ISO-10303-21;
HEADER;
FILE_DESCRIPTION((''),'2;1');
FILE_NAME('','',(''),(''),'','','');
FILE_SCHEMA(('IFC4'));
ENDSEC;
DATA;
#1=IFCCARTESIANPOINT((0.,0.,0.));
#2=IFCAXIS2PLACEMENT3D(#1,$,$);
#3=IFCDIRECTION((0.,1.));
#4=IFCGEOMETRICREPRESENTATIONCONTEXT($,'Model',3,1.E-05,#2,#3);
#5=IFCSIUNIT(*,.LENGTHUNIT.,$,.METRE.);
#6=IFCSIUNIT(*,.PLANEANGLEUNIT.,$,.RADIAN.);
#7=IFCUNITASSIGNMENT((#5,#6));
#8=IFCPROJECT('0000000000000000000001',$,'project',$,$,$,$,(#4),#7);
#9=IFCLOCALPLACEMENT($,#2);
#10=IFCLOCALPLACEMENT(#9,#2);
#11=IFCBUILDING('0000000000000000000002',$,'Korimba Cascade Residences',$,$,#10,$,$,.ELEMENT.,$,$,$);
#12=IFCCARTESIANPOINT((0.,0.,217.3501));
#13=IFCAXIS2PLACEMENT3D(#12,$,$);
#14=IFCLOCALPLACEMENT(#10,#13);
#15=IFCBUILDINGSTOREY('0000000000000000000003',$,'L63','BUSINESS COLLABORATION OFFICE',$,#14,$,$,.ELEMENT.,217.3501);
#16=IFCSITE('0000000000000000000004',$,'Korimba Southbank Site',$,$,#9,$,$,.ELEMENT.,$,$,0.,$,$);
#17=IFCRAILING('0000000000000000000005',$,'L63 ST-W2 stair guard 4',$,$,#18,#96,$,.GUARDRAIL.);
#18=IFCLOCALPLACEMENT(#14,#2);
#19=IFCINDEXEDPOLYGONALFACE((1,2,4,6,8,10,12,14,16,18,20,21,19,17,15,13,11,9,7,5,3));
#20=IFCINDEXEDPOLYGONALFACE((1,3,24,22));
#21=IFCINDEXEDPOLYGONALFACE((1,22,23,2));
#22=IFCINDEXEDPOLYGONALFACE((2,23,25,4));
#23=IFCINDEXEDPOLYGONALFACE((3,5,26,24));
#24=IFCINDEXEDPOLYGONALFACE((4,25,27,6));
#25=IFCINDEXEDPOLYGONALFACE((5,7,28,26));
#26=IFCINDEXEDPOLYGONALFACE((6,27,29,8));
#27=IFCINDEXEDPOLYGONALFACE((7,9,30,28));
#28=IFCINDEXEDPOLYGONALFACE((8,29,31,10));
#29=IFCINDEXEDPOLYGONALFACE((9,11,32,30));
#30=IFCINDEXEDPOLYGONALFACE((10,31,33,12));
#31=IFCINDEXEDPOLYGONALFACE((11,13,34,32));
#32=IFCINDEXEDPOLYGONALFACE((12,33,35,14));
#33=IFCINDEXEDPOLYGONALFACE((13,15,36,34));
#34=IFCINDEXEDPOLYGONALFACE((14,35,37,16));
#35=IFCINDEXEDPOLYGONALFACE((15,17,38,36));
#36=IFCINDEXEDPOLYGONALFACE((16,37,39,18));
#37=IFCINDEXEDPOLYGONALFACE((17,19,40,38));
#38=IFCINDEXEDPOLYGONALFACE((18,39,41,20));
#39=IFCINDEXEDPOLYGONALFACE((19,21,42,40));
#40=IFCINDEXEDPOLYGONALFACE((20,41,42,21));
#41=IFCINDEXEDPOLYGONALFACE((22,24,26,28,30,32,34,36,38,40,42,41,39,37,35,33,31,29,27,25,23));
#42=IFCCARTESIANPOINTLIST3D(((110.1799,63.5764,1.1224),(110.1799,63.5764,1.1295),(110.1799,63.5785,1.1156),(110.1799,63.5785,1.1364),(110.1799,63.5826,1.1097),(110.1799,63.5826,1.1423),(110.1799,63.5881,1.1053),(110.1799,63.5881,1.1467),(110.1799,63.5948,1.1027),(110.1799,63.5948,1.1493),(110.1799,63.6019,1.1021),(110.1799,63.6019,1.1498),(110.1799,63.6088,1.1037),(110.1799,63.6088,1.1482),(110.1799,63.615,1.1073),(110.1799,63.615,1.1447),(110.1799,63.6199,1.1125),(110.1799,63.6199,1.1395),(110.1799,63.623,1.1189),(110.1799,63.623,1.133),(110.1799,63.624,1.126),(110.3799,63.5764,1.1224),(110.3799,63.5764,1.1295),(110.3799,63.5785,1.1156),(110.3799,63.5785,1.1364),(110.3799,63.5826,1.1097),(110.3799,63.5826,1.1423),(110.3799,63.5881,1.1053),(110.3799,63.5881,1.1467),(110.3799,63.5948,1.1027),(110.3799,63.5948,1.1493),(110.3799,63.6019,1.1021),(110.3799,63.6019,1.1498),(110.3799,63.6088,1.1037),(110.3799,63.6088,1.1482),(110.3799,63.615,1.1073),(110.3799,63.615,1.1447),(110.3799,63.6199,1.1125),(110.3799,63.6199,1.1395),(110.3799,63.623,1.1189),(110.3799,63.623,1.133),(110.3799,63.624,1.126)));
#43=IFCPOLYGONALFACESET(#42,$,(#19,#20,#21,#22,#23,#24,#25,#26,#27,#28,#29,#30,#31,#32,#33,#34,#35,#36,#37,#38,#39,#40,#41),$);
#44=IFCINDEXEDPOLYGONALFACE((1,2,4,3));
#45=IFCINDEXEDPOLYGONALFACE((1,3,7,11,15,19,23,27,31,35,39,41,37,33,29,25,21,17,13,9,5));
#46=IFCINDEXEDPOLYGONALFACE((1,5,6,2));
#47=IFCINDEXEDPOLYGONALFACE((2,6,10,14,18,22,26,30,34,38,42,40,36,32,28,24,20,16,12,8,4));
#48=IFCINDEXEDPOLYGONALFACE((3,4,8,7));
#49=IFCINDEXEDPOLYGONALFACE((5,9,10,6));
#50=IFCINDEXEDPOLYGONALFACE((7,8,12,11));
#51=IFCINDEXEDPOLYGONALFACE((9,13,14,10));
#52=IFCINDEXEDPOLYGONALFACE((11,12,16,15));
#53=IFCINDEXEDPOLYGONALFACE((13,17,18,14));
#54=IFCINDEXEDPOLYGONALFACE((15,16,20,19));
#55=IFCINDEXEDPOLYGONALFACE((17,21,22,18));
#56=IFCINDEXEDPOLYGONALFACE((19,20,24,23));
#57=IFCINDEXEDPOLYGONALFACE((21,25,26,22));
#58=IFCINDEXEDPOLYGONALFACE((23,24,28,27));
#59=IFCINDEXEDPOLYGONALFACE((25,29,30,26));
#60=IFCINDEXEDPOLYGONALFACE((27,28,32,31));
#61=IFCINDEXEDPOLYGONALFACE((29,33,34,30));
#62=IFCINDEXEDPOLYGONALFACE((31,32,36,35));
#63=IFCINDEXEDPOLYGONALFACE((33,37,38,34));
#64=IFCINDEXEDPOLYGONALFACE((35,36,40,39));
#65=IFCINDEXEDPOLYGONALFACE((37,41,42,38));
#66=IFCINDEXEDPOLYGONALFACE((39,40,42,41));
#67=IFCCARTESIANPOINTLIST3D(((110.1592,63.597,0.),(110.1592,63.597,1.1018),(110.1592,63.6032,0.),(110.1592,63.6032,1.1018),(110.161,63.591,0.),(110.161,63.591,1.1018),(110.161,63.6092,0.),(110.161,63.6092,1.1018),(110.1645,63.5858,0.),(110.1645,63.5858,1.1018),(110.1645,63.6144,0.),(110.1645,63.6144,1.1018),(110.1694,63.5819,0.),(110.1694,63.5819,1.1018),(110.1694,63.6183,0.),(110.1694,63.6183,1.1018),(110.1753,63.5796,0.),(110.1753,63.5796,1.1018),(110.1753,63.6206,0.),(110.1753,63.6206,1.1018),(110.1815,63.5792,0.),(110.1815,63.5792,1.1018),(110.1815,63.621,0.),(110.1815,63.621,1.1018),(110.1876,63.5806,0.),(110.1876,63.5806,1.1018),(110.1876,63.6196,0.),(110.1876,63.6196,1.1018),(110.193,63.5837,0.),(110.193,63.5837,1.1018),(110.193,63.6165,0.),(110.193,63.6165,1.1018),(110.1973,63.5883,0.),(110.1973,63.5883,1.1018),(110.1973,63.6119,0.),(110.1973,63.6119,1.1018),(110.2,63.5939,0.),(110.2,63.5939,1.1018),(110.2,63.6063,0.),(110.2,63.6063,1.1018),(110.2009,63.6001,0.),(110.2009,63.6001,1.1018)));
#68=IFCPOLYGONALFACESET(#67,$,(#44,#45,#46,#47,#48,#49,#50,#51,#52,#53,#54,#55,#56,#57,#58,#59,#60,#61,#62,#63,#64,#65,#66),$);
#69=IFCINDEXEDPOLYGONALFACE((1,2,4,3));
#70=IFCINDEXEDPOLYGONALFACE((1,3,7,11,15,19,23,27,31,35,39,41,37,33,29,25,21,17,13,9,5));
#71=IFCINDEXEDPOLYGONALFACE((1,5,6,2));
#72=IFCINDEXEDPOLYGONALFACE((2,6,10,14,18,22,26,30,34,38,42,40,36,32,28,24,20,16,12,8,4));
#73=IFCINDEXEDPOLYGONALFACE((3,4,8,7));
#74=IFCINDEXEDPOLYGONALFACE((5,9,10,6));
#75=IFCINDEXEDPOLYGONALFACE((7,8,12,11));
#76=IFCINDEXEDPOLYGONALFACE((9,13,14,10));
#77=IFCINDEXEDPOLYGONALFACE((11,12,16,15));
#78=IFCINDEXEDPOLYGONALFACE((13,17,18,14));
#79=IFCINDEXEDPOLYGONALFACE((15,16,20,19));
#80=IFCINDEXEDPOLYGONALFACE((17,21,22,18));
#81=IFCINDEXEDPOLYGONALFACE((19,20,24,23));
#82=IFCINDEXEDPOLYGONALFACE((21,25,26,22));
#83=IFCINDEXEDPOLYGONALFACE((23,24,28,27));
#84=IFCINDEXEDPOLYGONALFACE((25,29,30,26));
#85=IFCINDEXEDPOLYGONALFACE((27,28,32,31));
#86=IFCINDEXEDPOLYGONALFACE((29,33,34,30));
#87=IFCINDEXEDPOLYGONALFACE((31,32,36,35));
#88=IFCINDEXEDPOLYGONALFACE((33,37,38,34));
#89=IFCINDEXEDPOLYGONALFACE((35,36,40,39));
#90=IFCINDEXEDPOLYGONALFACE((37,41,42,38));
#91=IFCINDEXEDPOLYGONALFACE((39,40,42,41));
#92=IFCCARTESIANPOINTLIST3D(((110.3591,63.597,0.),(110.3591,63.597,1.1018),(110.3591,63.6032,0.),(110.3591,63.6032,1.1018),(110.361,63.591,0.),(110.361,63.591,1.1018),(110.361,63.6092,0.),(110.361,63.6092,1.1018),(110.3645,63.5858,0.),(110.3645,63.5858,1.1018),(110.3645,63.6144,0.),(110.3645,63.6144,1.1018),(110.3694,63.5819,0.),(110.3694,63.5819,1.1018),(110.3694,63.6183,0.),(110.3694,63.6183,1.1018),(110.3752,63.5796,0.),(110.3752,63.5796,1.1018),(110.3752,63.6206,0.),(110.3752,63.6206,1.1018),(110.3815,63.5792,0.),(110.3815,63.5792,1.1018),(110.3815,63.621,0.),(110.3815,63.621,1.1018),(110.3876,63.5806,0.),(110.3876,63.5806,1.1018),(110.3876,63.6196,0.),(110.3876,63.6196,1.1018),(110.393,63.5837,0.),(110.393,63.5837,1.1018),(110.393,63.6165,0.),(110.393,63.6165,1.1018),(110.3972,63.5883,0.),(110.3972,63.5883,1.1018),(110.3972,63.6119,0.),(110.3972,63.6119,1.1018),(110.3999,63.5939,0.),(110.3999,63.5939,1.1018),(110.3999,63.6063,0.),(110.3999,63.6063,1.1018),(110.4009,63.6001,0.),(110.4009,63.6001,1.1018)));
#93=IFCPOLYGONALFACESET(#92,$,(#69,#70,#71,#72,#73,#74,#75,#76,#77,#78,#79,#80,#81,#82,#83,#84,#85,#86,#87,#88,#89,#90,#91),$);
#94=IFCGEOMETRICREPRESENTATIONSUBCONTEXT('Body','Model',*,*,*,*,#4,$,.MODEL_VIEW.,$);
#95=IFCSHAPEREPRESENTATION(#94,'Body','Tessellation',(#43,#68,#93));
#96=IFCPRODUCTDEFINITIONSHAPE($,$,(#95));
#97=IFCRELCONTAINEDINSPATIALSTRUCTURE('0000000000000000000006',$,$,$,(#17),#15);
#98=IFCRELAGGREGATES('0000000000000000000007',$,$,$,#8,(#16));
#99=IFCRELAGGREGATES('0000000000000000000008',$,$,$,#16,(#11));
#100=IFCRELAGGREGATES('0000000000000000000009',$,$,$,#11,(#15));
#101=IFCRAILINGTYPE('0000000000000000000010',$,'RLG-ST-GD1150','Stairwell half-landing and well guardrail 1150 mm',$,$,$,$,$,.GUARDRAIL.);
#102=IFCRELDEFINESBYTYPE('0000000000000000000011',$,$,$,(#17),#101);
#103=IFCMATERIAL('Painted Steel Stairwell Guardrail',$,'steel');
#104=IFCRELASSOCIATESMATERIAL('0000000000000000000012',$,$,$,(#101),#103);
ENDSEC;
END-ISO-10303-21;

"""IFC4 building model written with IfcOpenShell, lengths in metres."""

from ifc_helpers import new_model, si_unit, direction, frame, origin, origin_2d, place, context, subcontext, project, spatial, circle, extrude, material, type_object, element, save


model = new_model("IFC4")

# Units and contexts
model_context = context("Model", 3, precision=1e-05, world=origin(), true_north=direction((0.0, 1.0)))
body_context = subcontext(model_context, "Body", "Model", "MODEL_VIEW")
ifc_project = project(units=[si_unit("LENGTHUNIT", "METRE"), si_unit("PLANEANGLEUNIT", "RADIAN")], contexts=[model_context])

# Site, building, storey
site_placement = place(None, origin())
site = spatial("IfcSite", under=ifc_project, at=site_placement, Name="Korimba Southbank Site", CompositionType="ELEMENT", RefElevation=0.0)
building_placement = place(site_placement, origin())
building = spatial("IfcBuilding", under=site, at=building_placement, Name="Korimba Cascade Residences", CompositionType="ELEMENT")
storey_placement = place(building_placement, frame((0.0, 0.0, 217.3501)))
storey = spatial("IfcBuildingStorey", under=building, at=storey_placement, Name="L63", Description="BUSINESS COLLABORATION OFFICE", CompositionType="ELEMENT", Elevation=217.3501)

# Railing
ifc_material_1 = material(Name="Painted Steel Stairwell Guardrail", Category="steel")
railing_type_1 = type_object("IfcRailingType", Name="RLG-ST-GD1150", Description="Stairwell half-landing and well guardrail 1150 mm", PredefinedType="GUARDRAIL", material=ifc_material_1)
railing_1_placement = place(storey_placement, frame((110.1799, 63.6001, 0.0)))
element("IfcRailing", 1, at=railing_1_placement, inside=storey, type_object=railing_type_1, Name="L63 ST-W2 stair guard 4", PredefinedType="GUARDRAIL", context=body_context, shape_type="SweptSolid", body=[
    extrude(circle(Radius=0.0239, at=origin_2d()), frame((0.0, 0.0, 1.126), z_axis=(1.0, 0.0, 0.0), x_axis=(0.0, 1.0, 0.0)), (0.0, 0.0, 1.0), 0.2),
    extrude(circle(Radius=0.021, at=origin_2d()), origin(), (0.0, 0.0, 1.0), 1.1018),
    extrude(circle(Radius=0.021, at=origin_2d()), frame((0.2, 0.0, 0.0)), (0.0, 0.0, 1.0), 1.1018),
])

save(model, "model.ifc")
